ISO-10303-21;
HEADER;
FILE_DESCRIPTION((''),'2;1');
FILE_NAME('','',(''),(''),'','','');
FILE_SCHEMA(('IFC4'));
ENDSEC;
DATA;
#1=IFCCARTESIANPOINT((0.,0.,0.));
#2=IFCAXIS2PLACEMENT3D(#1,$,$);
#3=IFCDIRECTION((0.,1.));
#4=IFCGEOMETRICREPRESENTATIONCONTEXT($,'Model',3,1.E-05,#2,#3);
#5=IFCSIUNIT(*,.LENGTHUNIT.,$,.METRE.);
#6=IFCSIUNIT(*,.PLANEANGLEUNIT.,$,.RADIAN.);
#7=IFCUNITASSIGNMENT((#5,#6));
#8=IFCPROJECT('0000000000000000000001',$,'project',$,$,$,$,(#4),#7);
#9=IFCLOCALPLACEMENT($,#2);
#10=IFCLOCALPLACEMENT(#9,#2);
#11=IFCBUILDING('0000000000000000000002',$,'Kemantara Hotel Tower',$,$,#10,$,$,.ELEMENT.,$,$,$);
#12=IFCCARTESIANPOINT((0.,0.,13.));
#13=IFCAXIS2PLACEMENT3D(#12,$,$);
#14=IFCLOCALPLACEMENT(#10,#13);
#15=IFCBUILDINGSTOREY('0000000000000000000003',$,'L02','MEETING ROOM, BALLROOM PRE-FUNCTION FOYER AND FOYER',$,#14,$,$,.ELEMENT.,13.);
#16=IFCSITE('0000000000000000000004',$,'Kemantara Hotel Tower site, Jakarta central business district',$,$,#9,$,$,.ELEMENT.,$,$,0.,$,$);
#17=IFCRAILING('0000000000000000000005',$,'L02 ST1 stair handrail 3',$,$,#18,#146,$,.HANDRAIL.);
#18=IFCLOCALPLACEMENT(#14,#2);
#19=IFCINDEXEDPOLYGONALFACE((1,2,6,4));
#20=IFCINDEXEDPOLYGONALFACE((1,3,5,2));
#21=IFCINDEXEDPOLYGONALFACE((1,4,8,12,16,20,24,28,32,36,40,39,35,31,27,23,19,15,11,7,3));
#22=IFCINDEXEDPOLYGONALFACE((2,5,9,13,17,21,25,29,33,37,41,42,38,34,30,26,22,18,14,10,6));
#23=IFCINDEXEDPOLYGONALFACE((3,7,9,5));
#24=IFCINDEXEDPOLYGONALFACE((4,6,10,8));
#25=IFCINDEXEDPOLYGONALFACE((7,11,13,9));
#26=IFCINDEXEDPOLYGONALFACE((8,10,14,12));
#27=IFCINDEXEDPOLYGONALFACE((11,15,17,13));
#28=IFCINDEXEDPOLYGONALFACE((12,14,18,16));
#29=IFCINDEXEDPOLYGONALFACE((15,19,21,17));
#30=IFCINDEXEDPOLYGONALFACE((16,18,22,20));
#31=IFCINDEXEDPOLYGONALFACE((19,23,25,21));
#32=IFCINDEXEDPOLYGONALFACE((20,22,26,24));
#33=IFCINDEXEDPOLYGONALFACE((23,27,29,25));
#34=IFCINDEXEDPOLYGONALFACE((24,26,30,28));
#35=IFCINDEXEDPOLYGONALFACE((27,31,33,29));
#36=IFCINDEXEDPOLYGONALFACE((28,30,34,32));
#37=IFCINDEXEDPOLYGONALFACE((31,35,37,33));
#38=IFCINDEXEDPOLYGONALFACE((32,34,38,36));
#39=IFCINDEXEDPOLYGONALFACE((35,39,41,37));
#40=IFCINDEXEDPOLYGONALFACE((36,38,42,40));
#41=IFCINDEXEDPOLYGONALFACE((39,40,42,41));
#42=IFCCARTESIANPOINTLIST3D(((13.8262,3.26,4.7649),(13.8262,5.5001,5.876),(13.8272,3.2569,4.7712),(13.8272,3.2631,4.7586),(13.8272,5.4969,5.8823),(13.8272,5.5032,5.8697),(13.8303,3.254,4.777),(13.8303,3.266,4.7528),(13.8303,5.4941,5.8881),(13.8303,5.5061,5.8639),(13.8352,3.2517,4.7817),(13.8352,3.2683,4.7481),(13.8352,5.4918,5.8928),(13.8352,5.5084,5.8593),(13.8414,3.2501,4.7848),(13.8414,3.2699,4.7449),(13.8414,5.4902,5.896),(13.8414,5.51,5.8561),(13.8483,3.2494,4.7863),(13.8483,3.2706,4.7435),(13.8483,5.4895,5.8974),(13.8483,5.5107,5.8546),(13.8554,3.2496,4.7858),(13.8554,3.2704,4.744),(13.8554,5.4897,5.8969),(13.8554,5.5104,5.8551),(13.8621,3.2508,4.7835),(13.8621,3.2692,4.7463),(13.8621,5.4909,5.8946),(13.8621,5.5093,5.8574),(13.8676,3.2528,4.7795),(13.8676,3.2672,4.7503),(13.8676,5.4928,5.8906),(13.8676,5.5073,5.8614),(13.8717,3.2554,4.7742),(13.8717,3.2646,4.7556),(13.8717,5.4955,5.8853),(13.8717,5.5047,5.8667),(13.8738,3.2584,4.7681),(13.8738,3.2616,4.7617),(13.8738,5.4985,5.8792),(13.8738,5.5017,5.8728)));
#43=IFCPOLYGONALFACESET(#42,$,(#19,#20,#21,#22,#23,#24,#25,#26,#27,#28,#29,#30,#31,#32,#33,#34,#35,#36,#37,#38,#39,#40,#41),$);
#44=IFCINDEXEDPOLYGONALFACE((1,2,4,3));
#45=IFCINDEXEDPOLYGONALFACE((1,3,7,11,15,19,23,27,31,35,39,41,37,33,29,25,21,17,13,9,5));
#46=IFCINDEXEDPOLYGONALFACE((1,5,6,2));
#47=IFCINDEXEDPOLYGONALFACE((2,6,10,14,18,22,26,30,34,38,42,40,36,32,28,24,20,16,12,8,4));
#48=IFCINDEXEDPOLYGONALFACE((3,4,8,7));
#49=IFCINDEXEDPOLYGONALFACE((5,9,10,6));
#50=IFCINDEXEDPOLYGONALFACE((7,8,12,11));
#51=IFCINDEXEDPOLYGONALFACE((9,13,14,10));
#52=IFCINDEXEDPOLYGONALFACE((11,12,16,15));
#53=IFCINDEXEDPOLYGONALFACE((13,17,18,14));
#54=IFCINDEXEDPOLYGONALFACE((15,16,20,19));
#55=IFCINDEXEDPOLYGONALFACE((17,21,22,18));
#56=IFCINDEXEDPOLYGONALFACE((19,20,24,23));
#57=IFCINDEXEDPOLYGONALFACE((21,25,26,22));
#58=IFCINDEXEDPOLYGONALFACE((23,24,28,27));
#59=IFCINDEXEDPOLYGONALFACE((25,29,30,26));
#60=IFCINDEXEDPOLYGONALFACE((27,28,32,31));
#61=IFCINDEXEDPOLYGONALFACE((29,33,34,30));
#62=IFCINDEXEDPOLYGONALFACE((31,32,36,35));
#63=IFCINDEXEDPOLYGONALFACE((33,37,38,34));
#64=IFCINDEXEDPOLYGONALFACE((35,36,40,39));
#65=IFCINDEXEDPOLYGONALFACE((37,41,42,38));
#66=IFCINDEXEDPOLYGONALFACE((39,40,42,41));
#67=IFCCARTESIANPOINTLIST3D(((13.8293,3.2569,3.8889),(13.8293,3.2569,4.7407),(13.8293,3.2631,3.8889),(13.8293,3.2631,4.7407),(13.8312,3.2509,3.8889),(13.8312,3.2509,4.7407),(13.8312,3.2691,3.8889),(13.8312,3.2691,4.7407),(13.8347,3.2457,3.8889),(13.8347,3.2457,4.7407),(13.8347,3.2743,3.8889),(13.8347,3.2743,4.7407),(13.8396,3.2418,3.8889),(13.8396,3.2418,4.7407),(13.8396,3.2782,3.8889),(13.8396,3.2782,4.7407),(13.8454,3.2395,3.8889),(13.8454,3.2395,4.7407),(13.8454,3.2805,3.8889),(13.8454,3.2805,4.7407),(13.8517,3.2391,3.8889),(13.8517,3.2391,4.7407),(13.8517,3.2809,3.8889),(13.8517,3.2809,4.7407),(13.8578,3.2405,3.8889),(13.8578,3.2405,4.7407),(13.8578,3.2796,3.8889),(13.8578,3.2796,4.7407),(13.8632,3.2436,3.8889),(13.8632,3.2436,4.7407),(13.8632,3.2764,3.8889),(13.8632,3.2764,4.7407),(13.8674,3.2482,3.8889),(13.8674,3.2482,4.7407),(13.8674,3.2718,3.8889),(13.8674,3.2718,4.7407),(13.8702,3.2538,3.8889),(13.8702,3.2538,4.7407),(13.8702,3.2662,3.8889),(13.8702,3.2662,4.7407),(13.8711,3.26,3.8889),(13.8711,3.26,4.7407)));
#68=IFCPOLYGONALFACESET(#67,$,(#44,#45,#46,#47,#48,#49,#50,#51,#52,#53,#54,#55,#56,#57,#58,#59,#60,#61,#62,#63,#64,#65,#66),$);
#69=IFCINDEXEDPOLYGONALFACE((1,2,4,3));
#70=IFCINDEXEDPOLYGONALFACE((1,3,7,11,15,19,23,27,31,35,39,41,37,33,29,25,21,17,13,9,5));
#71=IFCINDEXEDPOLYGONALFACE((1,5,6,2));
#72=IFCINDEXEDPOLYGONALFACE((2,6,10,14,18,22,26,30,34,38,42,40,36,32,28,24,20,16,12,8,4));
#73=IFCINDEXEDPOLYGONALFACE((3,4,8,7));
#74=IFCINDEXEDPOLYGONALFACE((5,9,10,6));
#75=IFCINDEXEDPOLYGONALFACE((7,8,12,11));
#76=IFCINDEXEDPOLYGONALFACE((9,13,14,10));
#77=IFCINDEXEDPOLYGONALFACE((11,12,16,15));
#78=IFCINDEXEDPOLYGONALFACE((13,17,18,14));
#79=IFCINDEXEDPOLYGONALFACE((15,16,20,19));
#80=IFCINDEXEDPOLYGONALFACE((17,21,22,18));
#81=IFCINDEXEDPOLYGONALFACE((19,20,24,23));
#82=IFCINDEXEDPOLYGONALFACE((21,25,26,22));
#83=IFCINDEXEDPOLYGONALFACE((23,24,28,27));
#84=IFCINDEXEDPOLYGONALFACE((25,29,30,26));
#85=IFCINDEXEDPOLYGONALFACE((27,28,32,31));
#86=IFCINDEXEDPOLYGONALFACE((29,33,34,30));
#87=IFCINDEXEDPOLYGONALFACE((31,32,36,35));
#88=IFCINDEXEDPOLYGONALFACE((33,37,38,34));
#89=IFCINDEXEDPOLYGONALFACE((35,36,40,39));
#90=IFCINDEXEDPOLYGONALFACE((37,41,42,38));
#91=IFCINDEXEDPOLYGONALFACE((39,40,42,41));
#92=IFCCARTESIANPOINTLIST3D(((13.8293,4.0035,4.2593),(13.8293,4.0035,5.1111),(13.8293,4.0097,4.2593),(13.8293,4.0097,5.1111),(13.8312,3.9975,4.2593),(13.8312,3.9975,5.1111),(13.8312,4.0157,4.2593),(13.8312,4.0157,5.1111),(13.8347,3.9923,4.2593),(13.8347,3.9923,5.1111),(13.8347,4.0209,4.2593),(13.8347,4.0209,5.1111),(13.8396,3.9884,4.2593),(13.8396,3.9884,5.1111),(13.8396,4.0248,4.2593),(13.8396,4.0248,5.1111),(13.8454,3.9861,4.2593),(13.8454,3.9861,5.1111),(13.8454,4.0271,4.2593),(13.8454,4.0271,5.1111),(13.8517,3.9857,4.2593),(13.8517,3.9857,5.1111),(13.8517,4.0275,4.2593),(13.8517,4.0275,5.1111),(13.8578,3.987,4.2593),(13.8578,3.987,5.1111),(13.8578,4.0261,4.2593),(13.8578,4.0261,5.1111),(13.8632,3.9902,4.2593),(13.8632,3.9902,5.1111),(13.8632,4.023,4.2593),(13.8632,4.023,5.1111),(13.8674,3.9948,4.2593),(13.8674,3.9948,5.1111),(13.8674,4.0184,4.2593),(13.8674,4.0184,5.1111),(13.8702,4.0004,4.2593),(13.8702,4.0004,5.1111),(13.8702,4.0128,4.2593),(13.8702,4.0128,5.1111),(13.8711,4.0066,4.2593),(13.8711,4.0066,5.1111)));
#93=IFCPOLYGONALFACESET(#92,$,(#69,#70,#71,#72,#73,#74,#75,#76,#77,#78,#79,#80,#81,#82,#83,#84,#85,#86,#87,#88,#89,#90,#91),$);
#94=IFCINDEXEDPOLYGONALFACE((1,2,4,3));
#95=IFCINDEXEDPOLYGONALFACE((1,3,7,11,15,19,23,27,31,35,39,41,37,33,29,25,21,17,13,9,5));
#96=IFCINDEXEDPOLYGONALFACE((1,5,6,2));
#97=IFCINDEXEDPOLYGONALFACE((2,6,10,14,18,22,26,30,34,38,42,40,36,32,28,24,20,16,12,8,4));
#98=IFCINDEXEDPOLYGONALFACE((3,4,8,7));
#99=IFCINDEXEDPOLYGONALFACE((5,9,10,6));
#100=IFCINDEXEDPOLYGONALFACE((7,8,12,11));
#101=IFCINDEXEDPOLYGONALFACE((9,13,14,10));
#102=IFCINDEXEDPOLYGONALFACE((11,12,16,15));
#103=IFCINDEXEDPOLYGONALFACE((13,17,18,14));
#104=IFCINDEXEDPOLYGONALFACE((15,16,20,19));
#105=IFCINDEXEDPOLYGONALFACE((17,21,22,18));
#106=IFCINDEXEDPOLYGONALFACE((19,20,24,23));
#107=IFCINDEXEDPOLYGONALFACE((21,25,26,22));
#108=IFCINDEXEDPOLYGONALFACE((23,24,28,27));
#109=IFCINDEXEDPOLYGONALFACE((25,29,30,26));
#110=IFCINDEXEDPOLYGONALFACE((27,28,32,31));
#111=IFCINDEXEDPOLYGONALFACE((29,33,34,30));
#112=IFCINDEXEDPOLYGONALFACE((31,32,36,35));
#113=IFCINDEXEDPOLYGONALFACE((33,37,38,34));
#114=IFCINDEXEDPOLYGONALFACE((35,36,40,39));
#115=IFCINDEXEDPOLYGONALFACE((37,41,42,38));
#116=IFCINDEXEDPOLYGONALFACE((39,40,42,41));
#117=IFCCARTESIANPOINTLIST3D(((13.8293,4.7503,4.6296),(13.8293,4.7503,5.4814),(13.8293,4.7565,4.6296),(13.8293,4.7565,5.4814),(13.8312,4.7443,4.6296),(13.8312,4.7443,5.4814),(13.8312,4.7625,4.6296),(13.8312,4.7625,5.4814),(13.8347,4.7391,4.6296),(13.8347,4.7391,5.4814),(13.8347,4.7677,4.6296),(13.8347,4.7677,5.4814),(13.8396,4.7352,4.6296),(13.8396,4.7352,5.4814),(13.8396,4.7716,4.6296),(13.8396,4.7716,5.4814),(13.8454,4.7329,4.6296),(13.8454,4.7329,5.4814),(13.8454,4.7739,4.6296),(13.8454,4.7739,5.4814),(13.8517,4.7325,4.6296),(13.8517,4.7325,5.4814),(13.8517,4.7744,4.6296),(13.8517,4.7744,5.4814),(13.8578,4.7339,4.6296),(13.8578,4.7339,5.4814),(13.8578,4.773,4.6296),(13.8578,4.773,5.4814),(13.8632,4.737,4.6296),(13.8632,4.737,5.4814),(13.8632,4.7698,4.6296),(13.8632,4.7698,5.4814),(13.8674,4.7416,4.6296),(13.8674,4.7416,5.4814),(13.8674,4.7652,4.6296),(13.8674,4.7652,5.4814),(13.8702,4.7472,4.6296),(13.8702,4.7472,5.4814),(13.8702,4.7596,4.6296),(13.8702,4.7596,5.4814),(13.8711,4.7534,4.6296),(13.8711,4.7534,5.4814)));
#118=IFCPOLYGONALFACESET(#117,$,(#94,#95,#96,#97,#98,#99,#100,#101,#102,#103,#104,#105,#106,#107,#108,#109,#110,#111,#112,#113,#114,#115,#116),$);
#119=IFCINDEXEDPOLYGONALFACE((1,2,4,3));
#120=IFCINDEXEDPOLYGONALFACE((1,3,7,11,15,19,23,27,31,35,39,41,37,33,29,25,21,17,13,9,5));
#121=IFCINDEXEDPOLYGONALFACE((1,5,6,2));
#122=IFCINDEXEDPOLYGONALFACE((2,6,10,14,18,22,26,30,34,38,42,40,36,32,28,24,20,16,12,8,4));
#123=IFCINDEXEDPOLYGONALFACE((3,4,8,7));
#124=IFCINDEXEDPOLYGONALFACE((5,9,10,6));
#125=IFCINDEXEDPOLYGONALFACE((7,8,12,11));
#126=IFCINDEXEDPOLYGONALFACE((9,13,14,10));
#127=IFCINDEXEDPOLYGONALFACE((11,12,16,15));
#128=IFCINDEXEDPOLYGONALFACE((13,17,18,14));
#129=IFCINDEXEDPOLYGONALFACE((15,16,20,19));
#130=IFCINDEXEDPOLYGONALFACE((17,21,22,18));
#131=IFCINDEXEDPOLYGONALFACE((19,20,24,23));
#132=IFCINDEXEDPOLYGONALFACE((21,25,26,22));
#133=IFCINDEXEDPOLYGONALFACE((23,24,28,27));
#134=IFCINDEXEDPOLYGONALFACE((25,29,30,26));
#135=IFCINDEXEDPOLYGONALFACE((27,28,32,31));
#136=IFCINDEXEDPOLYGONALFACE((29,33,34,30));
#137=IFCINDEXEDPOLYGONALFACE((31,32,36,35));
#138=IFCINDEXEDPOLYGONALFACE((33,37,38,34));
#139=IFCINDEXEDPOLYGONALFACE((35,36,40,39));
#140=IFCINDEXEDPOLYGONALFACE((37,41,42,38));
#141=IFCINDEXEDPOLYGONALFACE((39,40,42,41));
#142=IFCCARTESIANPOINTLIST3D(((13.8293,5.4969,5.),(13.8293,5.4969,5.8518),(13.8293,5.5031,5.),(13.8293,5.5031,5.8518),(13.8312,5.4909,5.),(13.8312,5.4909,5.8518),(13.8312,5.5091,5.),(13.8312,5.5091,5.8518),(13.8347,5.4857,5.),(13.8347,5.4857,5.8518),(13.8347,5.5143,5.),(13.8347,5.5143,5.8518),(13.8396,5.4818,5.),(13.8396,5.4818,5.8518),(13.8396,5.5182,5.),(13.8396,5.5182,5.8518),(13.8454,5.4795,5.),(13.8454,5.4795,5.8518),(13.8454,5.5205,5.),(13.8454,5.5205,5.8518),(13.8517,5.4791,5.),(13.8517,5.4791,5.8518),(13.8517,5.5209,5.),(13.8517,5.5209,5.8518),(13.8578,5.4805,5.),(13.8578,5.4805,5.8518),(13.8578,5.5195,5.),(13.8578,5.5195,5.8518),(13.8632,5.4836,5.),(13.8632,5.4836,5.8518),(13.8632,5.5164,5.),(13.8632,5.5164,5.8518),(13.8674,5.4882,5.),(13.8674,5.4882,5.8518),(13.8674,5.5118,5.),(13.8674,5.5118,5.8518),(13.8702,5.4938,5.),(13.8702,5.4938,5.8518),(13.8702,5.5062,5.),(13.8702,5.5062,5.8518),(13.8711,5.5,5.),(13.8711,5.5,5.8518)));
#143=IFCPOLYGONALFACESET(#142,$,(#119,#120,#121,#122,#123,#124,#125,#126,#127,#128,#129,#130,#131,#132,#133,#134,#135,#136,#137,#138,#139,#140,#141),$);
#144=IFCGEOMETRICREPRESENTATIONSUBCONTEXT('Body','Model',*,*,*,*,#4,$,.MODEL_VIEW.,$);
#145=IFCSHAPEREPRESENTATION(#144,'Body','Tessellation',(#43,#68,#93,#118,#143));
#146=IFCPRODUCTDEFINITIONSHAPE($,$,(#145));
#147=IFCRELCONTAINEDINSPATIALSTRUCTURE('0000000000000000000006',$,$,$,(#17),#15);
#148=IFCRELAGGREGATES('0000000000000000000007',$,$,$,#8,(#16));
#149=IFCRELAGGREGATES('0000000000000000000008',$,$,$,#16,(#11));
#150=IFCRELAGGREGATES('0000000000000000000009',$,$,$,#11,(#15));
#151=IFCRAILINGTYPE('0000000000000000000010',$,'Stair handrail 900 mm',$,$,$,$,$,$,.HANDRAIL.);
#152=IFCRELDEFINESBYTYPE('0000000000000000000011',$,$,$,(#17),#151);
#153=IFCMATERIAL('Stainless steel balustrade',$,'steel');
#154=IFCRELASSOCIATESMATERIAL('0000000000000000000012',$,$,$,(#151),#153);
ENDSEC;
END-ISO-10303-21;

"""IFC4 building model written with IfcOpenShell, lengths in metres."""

from ifc_helpers import new_model, si_unit, direction, frame, origin, origin_2d, place, context, subcontext, project, spatial, circle, extrude, material, type_object, element, save


model = new_model("IFC4")

# Units and contexts
model_context = context("Model", 3, precision=1e-05, world=origin(), true_north=direction((0.0, 1.0)))
body_context = subcontext(model_context, "Body", "Model", "MODEL_VIEW")
ifc_project = project(units=[si_unit("LENGTHUNIT", "METRE"), si_unit("PLANEANGLEUNIT", "RADIAN")], contexts=[model_context])

# Site, building, storey
site_placement = place(None, origin())
site = spatial("IfcSite", under=ifc_project, at=site_placement, Name="Kemantara Hotel Tower site, Jakarta central business district", CompositionType="ELEMENT", RefElevation=0.0)
building_placement = place(site_placement, origin())
building = spatial("IfcBuilding", under=site, at=building_placement, Name="Kemantara Hotel Tower", CompositionType="ELEMENT")
storey_placement = place(building_placement, frame((0.0, 0.0, 13.0)))
storey = spatial("IfcBuildingStorey", under=building, at=storey_placement, Name="L02", Description="MEETING ROOM, BALLROOM PRE-FUNCTION FOYER AND FOYER", CompositionType="ELEMENT", Elevation=13.0)

# Railing
ifc_material_1 = material(Name="Stainless steel balustrade", Category="steel")
railing_type = type_object("IfcRailingType", Name="Stair handrail 900 mm", PredefinedType="HANDRAIL", material=ifc_material_1)
railing_1_placement = place(storey_placement, frame((13.8501, 3.26, 3.8889)))
element("IfcRailing", 1, at=railing_1_placement, inside=storey, type_object=railing_type, Name="L02 ST1 stair handrail 3", PredefinedType="HANDRAIL", context=body_context, shape_type="SweptSolid", body=[
    extrude(circle(Radius=0.0239, at=origin_2d()), frame((0.0, 0.0, 0.876), z_axis=(0.0, 0.895848, 0.44436), x_axis=(-1.0, 0.0, 0.0)), (0.0, 0.0, 1.0), 2.5005),
    extrude(circle(Radius=0.021, at=origin_2d()), origin(), (0.0, 0.0, 1.0), 0.8518),
    extrude(circle(Radius=0.021, at=origin_2d()), frame((0.0, 0.7466, 0.3704)), (0.0, 0.0, 1.0), 0.8518),
    extrude(circle(Radius=0.021, at=origin_2d()), frame((0.0, 1.4934, 0.7407)), (0.0, 0.0, 1.0), 0.8518),
    extrude(circle(Radius=0.021, at=origin_2d()), frame((0.0, 2.24, 1.1111)), (0.0, 0.0, 1.0), 0.8518),
])

save(model, "model.ifc")
